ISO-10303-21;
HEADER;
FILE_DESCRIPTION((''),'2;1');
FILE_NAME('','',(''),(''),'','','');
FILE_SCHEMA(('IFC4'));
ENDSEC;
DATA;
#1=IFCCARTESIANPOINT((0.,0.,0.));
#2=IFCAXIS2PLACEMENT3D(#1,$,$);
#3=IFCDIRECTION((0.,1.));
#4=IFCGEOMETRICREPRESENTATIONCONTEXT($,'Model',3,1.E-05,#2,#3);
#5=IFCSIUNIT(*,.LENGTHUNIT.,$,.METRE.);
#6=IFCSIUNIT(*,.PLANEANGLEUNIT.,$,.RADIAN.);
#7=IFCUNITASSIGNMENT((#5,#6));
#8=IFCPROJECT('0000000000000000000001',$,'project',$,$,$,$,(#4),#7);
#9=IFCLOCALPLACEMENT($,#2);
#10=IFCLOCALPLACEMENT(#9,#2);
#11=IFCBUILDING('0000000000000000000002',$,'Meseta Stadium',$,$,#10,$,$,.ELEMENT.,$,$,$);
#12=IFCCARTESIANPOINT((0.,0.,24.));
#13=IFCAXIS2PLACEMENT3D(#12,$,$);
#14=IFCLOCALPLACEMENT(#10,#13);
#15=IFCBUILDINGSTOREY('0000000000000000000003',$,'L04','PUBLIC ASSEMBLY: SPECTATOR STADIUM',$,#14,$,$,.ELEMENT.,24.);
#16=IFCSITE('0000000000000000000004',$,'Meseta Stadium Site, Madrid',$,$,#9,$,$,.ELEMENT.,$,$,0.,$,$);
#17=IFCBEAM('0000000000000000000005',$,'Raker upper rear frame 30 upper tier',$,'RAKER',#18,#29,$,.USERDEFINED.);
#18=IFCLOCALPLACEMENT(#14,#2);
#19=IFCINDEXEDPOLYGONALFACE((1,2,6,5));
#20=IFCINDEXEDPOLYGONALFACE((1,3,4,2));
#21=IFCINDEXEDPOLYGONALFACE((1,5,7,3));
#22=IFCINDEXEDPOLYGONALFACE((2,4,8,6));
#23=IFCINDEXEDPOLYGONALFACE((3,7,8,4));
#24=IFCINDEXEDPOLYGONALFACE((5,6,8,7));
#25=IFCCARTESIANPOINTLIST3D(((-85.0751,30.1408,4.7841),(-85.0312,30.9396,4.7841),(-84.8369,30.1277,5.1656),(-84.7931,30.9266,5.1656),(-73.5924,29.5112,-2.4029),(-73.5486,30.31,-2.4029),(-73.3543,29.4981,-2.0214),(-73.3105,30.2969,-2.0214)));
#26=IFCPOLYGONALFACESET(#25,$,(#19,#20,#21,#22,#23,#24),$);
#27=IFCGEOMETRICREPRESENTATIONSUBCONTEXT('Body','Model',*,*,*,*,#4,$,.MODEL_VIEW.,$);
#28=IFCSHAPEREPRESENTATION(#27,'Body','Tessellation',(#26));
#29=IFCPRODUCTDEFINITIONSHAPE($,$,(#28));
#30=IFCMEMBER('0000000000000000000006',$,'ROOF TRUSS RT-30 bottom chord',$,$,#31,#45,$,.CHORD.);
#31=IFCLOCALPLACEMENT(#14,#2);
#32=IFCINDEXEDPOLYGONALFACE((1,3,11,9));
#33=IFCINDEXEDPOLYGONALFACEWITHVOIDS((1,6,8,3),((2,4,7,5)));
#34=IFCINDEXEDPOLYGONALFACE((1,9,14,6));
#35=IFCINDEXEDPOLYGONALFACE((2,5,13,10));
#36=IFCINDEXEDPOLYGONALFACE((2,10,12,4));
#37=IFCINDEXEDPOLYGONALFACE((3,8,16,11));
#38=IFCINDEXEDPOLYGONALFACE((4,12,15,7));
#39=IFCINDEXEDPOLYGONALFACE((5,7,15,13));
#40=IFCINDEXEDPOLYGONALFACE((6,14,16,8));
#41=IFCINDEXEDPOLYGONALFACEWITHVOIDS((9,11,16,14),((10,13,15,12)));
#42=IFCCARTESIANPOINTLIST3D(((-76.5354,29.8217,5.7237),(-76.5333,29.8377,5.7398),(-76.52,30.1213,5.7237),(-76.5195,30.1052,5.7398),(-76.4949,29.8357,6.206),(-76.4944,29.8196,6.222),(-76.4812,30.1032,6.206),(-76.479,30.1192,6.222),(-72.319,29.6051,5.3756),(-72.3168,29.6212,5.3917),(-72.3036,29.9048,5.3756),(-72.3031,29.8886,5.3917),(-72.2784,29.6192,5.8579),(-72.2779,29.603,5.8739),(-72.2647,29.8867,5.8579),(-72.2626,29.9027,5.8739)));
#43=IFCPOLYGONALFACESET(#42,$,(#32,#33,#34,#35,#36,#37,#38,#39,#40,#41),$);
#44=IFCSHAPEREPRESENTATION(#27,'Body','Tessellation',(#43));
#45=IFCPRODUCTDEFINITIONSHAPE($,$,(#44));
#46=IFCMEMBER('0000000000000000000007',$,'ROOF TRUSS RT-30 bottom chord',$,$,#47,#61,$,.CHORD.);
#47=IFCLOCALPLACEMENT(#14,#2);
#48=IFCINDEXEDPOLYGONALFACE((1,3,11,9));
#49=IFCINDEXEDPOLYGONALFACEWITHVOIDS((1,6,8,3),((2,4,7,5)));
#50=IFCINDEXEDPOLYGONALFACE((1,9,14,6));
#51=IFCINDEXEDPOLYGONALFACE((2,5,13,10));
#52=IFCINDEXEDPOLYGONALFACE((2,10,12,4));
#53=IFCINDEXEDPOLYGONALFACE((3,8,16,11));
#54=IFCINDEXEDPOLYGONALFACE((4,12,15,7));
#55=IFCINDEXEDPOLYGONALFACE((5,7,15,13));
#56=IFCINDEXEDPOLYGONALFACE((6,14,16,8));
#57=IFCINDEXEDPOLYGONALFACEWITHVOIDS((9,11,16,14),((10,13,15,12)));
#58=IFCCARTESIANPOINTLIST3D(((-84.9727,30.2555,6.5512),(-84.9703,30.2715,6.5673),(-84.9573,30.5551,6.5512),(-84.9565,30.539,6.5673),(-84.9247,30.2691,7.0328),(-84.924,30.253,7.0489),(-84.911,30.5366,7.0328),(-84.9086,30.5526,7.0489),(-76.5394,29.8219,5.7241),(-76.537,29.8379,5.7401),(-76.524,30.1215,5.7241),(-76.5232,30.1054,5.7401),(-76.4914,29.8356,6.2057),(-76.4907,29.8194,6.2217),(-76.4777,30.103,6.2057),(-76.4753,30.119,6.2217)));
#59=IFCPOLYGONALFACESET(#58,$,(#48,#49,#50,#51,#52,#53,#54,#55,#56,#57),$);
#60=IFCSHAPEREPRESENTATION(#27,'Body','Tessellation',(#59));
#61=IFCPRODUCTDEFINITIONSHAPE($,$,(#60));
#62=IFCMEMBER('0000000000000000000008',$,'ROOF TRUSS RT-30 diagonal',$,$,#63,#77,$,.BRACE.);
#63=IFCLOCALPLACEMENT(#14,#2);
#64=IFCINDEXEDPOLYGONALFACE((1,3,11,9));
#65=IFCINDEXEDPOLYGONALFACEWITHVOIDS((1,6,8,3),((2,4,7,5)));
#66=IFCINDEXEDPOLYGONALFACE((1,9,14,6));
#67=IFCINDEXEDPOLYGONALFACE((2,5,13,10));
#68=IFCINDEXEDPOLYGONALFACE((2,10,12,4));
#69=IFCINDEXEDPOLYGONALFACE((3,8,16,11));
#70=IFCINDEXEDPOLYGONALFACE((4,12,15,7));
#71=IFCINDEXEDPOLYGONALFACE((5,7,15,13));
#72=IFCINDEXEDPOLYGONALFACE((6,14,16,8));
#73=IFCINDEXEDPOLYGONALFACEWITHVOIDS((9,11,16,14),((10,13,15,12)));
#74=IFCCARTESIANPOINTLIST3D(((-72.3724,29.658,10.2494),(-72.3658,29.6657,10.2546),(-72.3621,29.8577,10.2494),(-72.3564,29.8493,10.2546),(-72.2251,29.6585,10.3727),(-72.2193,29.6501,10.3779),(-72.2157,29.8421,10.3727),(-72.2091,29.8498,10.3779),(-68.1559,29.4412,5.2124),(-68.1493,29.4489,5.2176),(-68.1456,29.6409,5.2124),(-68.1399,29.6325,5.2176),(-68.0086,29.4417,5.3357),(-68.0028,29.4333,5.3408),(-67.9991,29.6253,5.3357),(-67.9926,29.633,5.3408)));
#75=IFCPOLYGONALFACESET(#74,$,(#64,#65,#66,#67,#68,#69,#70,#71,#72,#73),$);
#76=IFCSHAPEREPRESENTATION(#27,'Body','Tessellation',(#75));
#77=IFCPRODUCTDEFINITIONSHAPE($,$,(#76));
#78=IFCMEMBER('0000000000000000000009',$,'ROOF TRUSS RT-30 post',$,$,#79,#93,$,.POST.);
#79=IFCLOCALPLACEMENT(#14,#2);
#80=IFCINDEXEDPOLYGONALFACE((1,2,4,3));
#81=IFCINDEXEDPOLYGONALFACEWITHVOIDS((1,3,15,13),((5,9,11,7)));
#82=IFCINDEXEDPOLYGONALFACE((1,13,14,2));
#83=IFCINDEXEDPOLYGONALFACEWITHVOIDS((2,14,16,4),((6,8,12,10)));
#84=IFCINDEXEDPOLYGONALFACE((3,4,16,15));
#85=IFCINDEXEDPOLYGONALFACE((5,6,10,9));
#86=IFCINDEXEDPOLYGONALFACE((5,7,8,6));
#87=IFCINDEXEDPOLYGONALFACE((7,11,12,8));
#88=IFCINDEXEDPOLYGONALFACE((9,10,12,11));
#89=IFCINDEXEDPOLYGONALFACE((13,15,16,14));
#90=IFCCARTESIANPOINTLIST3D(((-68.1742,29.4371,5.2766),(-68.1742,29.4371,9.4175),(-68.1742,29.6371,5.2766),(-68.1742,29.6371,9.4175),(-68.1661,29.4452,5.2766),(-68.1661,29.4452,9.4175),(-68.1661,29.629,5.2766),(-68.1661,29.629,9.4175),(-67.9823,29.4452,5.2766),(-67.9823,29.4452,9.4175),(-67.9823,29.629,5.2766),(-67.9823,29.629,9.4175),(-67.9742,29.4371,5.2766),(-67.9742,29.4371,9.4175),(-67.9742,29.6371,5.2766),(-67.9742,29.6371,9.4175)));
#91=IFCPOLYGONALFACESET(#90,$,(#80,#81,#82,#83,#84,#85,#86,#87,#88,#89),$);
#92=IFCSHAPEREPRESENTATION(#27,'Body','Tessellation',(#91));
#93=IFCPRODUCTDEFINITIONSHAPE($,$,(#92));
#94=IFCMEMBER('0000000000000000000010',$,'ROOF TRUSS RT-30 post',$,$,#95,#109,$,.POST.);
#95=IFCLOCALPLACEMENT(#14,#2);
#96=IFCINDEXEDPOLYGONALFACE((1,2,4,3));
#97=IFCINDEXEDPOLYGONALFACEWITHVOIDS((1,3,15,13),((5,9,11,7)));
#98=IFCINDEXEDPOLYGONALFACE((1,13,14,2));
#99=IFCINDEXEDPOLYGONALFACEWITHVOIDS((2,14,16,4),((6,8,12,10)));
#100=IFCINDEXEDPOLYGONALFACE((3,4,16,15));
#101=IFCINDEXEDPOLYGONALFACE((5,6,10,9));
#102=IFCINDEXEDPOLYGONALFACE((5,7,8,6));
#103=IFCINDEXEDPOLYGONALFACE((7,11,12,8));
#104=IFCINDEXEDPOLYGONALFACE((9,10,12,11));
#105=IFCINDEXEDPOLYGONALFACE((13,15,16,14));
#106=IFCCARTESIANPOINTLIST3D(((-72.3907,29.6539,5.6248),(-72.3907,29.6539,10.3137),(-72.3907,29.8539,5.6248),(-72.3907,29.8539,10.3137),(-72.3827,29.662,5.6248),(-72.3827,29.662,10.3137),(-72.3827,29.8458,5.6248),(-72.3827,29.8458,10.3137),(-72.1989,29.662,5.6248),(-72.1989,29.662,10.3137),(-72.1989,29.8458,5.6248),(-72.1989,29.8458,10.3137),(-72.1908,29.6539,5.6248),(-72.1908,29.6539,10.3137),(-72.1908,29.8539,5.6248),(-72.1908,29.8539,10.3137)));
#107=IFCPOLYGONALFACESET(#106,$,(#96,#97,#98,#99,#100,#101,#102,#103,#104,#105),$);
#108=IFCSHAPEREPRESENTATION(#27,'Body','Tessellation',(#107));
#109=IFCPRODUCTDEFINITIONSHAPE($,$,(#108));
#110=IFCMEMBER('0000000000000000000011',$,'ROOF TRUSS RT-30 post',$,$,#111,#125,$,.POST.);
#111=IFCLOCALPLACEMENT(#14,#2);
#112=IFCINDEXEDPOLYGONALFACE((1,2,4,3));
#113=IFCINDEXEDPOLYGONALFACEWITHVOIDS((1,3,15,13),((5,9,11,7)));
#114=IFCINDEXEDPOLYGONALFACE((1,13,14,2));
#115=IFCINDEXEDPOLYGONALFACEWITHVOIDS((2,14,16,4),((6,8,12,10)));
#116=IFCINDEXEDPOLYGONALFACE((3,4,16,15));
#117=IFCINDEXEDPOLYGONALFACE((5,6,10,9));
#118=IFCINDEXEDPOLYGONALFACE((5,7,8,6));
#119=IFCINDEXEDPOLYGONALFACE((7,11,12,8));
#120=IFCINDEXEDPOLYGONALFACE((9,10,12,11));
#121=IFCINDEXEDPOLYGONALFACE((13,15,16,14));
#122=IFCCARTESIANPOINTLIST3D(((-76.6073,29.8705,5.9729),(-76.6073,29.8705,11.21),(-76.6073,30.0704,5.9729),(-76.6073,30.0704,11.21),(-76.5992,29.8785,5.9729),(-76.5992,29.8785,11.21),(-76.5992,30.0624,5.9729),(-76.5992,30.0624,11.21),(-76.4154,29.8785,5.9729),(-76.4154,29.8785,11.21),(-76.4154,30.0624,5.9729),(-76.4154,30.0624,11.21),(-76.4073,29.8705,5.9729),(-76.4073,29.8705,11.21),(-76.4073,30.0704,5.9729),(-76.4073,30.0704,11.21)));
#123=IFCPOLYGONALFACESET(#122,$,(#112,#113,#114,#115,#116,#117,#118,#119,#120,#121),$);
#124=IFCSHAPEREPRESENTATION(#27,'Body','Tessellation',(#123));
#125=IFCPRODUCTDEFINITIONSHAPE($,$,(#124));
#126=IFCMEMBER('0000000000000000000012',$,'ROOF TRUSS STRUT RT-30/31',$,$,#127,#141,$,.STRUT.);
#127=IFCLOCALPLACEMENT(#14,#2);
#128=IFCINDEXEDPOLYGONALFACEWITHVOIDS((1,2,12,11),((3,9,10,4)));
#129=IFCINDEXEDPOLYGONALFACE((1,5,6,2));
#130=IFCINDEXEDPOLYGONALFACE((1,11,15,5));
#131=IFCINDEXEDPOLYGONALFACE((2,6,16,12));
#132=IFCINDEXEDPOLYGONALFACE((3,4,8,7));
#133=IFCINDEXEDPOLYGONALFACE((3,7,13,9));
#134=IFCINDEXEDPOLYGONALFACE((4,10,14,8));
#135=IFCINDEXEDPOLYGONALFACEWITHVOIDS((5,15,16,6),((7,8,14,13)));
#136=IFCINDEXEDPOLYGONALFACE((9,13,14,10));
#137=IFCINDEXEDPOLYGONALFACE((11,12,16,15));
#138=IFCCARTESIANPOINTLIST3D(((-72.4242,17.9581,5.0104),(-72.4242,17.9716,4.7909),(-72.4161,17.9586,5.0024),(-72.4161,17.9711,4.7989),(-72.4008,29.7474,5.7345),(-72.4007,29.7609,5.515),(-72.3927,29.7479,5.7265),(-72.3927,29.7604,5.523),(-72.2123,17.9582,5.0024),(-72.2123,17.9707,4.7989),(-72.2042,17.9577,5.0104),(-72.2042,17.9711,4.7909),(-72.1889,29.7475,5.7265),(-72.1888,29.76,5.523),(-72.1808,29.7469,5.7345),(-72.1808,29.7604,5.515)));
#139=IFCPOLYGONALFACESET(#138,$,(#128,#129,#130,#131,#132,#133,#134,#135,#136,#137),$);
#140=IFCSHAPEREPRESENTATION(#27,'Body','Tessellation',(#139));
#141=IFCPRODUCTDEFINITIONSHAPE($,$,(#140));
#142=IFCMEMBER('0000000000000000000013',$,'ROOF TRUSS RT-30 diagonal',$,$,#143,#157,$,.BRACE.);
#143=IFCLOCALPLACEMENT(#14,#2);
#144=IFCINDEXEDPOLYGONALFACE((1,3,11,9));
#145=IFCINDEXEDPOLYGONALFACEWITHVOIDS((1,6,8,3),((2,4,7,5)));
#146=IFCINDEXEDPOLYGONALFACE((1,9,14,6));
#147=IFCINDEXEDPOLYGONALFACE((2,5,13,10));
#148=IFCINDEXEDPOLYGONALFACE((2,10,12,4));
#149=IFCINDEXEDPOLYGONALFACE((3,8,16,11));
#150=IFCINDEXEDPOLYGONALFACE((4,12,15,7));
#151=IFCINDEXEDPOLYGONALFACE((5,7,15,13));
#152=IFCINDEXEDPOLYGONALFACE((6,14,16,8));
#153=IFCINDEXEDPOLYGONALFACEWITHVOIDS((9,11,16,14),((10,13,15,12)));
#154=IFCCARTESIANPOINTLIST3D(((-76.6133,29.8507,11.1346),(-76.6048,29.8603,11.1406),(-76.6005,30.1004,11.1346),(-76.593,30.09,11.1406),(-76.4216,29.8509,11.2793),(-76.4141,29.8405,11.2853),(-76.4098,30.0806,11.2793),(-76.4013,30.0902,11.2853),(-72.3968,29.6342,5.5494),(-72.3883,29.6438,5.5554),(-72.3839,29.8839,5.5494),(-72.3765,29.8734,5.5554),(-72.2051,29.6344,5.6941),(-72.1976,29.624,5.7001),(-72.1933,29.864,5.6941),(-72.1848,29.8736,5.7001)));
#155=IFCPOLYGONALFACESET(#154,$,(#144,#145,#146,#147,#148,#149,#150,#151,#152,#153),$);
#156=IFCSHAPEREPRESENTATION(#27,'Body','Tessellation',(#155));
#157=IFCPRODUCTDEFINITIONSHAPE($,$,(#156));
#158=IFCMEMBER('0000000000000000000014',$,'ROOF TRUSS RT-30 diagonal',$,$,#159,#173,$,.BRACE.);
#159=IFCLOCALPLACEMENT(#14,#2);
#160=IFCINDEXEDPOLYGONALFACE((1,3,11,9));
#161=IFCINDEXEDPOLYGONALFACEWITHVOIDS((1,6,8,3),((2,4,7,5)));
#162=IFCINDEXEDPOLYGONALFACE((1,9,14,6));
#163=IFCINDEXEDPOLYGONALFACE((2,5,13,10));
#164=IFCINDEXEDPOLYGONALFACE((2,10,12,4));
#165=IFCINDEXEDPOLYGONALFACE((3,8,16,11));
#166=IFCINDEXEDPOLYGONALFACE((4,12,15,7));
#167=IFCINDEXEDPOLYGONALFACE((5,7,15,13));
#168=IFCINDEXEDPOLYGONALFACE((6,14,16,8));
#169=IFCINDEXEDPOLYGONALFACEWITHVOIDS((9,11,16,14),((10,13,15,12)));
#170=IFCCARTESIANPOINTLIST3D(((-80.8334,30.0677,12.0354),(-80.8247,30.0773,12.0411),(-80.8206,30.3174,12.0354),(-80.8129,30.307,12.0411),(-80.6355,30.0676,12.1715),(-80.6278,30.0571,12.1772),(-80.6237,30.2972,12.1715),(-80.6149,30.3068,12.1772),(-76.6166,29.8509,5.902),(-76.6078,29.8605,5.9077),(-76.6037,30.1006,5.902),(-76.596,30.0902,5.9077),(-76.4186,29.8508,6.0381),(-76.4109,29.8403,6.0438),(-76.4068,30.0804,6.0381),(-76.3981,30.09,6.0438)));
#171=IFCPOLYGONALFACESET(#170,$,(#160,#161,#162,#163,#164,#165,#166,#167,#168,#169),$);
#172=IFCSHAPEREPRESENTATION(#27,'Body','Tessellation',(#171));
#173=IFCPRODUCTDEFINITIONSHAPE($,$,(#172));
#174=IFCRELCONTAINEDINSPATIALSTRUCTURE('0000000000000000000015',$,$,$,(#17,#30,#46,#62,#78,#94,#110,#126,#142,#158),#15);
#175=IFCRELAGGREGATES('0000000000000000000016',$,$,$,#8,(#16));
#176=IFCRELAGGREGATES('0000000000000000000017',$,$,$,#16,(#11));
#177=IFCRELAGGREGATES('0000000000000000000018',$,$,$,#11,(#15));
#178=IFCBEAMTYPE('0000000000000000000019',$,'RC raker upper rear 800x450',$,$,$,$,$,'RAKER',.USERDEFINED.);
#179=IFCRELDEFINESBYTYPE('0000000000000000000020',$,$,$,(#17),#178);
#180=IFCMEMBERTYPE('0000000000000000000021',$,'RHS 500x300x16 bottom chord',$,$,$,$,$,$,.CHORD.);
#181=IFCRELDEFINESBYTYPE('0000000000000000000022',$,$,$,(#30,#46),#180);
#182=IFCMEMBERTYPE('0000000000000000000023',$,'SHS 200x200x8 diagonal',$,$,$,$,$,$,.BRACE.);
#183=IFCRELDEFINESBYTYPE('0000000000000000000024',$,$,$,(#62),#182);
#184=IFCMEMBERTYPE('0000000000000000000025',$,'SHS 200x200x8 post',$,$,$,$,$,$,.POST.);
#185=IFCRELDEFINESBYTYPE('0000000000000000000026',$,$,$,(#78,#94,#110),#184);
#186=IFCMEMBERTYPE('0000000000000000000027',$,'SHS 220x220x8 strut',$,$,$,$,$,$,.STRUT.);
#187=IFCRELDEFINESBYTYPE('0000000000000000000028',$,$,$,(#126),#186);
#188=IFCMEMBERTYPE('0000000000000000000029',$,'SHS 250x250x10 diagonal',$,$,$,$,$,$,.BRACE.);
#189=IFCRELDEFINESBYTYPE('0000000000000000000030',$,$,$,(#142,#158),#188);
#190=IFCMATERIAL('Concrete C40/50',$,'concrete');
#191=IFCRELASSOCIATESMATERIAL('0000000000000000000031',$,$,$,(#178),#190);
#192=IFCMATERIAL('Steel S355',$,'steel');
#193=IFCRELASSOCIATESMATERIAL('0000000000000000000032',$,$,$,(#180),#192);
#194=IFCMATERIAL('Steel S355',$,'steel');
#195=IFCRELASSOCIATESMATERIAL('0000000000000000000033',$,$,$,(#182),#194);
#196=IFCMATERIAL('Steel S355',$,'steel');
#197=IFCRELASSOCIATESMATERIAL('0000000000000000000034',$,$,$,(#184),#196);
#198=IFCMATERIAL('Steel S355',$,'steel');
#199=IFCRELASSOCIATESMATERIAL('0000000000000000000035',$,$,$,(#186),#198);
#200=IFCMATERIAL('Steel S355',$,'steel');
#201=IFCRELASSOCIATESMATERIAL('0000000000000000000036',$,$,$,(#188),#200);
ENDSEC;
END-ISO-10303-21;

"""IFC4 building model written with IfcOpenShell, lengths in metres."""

from ifc_helpers import new_model, si_unit, direction, frame, origin, origin_2d, place, context, subcontext, project, spatial, rectangle, hollow_rectangle, extrude, material, material_profile, profile_set, type_object, element, save


model = new_model("IFC4")

# Units and contexts
model_context = context("Model", 3, precision=1e-05, world=origin(), true_north=direction((0.0, 1.0)))
body_context = subcontext(model_context, "Body", "Model", "MODEL_VIEW")
ifc_project = project(units=[si_unit("LENGTHUNIT", "METRE"), si_unit("PLANEANGLEUNIT", "RADIAN")], contexts=[model_context])

# Site, building, storey
site_placement = place(None, origin())
site = spatial("IfcSite", under=ifc_project, at=site_placement, Name="Meseta Stadium Site, Madrid", CompositionType="ELEMENT", RefElevation=0.0)
building_placement = place(site_placement, origin())
building = spatial("IfcBuilding", under=site, at=building_placement, Name="Meseta Stadium", CompositionType="ELEMENT")
storey_placement = place(building_placement, frame((0.0, 0.0, 24.0)))
storey = spatial("IfcBuildingStorey", under=building, at=storey_placement, Name="L04", Description="PUBLIC ASSEMBLY: SPECTATOR STADIUM", CompositionType="ELEMENT", Elevation=24.0)

# Beam
ifc_material_1 = material(Name="Concrete C40/50", Category="concrete")
ifc_material_profile_1 = material_profile(ifc_material_1, rectangle(XDim=0.8, YDim=0.45, at=origin_2d()), Name="RC 800x450")
ifc_profile_set_1 = profile_set([ifc_material_profile_1], Name="Concrete C40/50")
beam_type = type_object("IfcBeamType", Name="RC raker upper rear 800x450", ElementType="RAKER", PredefinedType="USERDEFINED", material=ifc_profile_set_1)
beam_placement = place(storey_placement, frame((-73.4514, 29.9041, -2.2122), z_axis=(-0.846741, 0.04643, 0.529976), x_axis=(-0.054752, -0.9985, 0.0)))
element("IfcBeam", 1, at=beam_placement, inside=storey, type_object=beam_type, Name="Raker upper rear frame 30 upper tier", ObjectType="RAKER", PredefinedType="USERDEFINED", context=body_context, shape_type="SweptSolid", body=[
    extrude(rectangle(XDim=0.8, YDim=0.45, at=origin_2d()), origin(), (0.0, 0.0, 1.0), 13.561),
])

# Members
ifc_material_2 = material(Name="Steel S355", Category="steel")
ifc_material_profile_2 = material_profile(ifc_material_2, hollow_rectangle(XDim=0.3, YDim=0.5, WallThickness=0.0161, at=origin_2d()), Name="RHS 500x300x16")
ifc_profile_set_2 = profile_set([ifc_material_profile_2], Name="Steel S355")
member_type_1 = type_object("IfcMemberType", Name="RHS 500x300x16 bottom chord", PredefinedType="CHORD", material=ifc_profile_set_2)
member_1_placement = place(storey_placement, frame((-72.2908, 29.7539, 5.6248), z_axis=(-0.995306, 0.051117, 0.082179), x_axis=(-0.05129, -0.998684, 0.0)))
element("IfcMember", 2, at=member_1_placement, inside=storey, type_object=member_type_1, Name="ROOF TRUSS RT-30 bottom chord", PredefinedType="CHORD", context=body_context, shape_type="SweptSolid", body=[
    extrude(hollow_rectangle(XDim=0.3, YDim=0.5, WallThickness=0.0161, at=origin_2d()), origin(), (0.0, 0.0, 1.0), 4.2363),
])
member_2_placement = place(storey_placement, frame((-76.5073, 29.9705, 5.9729), z_axis=(-0.993924, 0.051102, 0.097485), x_axis=(-0.051346, -0.998681, 0.0)))
element("IfcMember", 3, at=member_2_placement, inside=storey, type_object=member_type_1, Name="ROOF TRUSS RT-30 bottom chord", PredefinedType="CHORD", context=body_context, shape_type="SweptSolid", body=[
    extrude(hollow_rectangle(XDim=0.3, YDim=0.5, WallThickness=0.0161, at=origin_2d()), origin(), (0.0, 0.0, 1.0), 8.4849),
])
ifc_material_3 = material(Name="Steel S355", Category="steel")
ifc_material_profile_3 = material_profile(ifc_material_3, hollow_rectangle(XDim=0.2, YDim=0.2, WallThickness=0.0081, at=origin_2d()), Name="SHS 200x200x8")
ifc_profile_set_3 = profile_set([ifc_material_profile_3], Name="Steel S355")
member_type_2 = type_object("IfcMemberType", Name="SHS 200x200x8 diagonal", PredefinedType="BRACE", material=ifc_profile_set_3)
member_3_placement = place(storey_placement, frame((-68.0742, 29.5371, 5.2766), z_axis=(-0.641537, 0.032985, 0.766383), x_axis=(-0.051348, -0.998681, 0.0)))
element("IfcMember", 4, at=member_3_placement, inside=storey, type_object=member_type_2, Name="ROOF TRUSS RT-30 diagonal", PredefinedType="BRACE", context=body_context, shape_type="SweptSolid", body=[
    extrude(hollow_rectangle(XDim=0.2, YDim=0.2, WallThickness=0.0081, at=origin_2d()), origin(), (0.0, 0.0, 1.0), 6.5725),
])
ifc_material_4 = material(Name="Steel S355", Category="steel")
ifc_material_profile_4 = material_profile(ifc_material_4, hollow_rectangle(XDim=0.2, YDim=0.2, WallThickness=0.0081, at=origin_2d()), Name="SHS 200x200x8")
ifc_profile_set_4 = profile_set([ifc_material_profile_4], Name="Steel S355")
member_type_3 = type_object("IfcMemberType", Name="SHS 200x200x8 post", PredefinedType="POST", material=ifc_profile_set_4)
member_4_placement = place(storey_placement, frame((-68.0742, 29.5371, 5.2766), z_axis=(0.0, 0.0, 1.0), x_axis=(1.0, 0.0, 0.0)))
element("IfcMember", 5, at=member_4_placement, inside=storey, type_object=member_type_3, Name="ROOF TRUSS RT-30 post", PredefinedType="POST", context=body_context, shape_type="SweptSolid", body=[
    extrude(hollow_rectangle(XDim=0.2, YDim=0.2, WallThickness=0.0081, at=origin_2d()), origin(), (0.0, 0.0, 1.0), 4.1409),
])
member_5_placement = place(storey_placement, frame((-72.2908, 29.7539, 5.6248), z_axis=(0.0, 0.0, 1.0), x_axis=(1.0, 0.0, 0.0)))
element("IfcMember", 6, at=member_5_placement, inside=storey, type_object=member_type_3, Name="ROOF TRUSS RT-30 post", PredefinedType="POST", context=body_context, shape_type="SweptSolid", body=[
    extrude(hollow_rectangle(XDim=0.2, YDim=0.2, WallThickness=0.0081, at=origin_2d()), origin(), (0.0, 0.0, 1.0), 4.689),
])
member_6_placement = place(storey_placement, frame((-76.5073, 29.9705, 5.9729), z_axis=(0.0, 0.0, 1.0), x_axis=(1.0, 0.0, 0.0)))
element("IfcMember", 7, at=member_6_placement, inside=storey, type_object=member_type_3, Name="ROOF TRUSS RT-30 post", PredefinedType="POST", context=body_context, shape_type="SweptSolid", body=[
    extrude(hollow_rectangle(XDim=0.2, YDim=0.2, WallThickness=0.0081, at=origin_2d()), origin(), (0.0, 0.0, 1.0), 5.2371),
])
ifc_material_5 = material(Name="Steel S355", Category="steel")
ifc_material_profile_5 = material_profile(ifc_material_5, hollow_rectangle(XDim=0.22, YDim=0.22, WallThickness=0.0081, at=origin_2d()), Name="SHS 220x220x8")
ifc_profile_set_5 = profile_set([ifc_material_profile_5], Name="Steel S355")
member_type_4 = type_object("IfcMemberType", Name="SHS 220x220x8 strut", PredefinedType="STRUT", material=ifc_profile_set_5)
member_7_placement = place(storey_placement, frame((-72.2908, 29.7539, 5.6248), z_axis=(-0.001984, -0.998117, -0.061306), x_axis=(0.999998, -0.001988, 0.0)))
element("IfcMember", 8, at=member_7_placement, inside=storey, type_object=member_type_4, Name="ROOF TRUSS STRUT RT-30/31", PredefinedType="STRUT", context=body_context, shape_type="SweptSolid", body=[
    extrude(hollow_rectangle(XDim=0.22, YDim=0.22, WallThickness=0.0081, at=origin_2d()), origin(), (0.0, 0.0, 1.0), 11.8115),
])
ifc_material_6 = material(Name="Steel S355", Category="steel")
ifc_material_profile_6 = material_profile(ifc_material_6, hollow_rectangle(XDim=0.25, YDim=0.25, WallThickness=0.01, at=origin_2d()), Name="SHS 250x250x10")
ifc_profile_set_6 = profile_set([ifc_material_profile_6], Name="Steel S355")
member_type_5 = type_object("IfcMemberType", Name="SHS 250x250x10 diagonal", PredefinedType="BRACE", material=ifc_profile_set_6)
member_8_placement = place(storey_placement, frame((-72.2908, 29.7539, 5.6248), z_axis=(-0.602237, 0.03093, 0.797718), x_axis=(-0.05129, -0.998684, 0.0)))
element("IfcMember", 9, at=member_8_placement, inside=storey, type_object=member_type_5, Name="ROOF TRUSS RT-30 diagonal", PredefinedType="BRACE", context=body_context, shape_type="SweptSolid", body=[
    extrude(hollow_rectangle(XDim=0.25, YDim=0.25, WallThickness=0.01, at=origin_2d()), origin(), (0.0, 0.0, 1.0), 7.0015),
])
member_9_placement = place(storey_placement, frame((-76.5073, 29.9705, 5.9729), z_axis=(-0.566303, 0.029115, 0.823683), x_axis=(-0.051345, -0.998681, 0.0)))
element("IfcMember", 10, at=member_9_placement, inside=storey, type_object=member_type_5, Name="ROOF TRUSS RT-30 diagonal", PredefinedType="BRACE", context=body_context, shape_type="SweptSolid", body=[
    extrude(hollow_rectangle(XDim=0.25, YDim=0.25, WallThickness=0.01, at=origin_2d()), origin(), (0.0, 0.0, 1.0), 7.4463),
])

save(model, "model.ifc")
